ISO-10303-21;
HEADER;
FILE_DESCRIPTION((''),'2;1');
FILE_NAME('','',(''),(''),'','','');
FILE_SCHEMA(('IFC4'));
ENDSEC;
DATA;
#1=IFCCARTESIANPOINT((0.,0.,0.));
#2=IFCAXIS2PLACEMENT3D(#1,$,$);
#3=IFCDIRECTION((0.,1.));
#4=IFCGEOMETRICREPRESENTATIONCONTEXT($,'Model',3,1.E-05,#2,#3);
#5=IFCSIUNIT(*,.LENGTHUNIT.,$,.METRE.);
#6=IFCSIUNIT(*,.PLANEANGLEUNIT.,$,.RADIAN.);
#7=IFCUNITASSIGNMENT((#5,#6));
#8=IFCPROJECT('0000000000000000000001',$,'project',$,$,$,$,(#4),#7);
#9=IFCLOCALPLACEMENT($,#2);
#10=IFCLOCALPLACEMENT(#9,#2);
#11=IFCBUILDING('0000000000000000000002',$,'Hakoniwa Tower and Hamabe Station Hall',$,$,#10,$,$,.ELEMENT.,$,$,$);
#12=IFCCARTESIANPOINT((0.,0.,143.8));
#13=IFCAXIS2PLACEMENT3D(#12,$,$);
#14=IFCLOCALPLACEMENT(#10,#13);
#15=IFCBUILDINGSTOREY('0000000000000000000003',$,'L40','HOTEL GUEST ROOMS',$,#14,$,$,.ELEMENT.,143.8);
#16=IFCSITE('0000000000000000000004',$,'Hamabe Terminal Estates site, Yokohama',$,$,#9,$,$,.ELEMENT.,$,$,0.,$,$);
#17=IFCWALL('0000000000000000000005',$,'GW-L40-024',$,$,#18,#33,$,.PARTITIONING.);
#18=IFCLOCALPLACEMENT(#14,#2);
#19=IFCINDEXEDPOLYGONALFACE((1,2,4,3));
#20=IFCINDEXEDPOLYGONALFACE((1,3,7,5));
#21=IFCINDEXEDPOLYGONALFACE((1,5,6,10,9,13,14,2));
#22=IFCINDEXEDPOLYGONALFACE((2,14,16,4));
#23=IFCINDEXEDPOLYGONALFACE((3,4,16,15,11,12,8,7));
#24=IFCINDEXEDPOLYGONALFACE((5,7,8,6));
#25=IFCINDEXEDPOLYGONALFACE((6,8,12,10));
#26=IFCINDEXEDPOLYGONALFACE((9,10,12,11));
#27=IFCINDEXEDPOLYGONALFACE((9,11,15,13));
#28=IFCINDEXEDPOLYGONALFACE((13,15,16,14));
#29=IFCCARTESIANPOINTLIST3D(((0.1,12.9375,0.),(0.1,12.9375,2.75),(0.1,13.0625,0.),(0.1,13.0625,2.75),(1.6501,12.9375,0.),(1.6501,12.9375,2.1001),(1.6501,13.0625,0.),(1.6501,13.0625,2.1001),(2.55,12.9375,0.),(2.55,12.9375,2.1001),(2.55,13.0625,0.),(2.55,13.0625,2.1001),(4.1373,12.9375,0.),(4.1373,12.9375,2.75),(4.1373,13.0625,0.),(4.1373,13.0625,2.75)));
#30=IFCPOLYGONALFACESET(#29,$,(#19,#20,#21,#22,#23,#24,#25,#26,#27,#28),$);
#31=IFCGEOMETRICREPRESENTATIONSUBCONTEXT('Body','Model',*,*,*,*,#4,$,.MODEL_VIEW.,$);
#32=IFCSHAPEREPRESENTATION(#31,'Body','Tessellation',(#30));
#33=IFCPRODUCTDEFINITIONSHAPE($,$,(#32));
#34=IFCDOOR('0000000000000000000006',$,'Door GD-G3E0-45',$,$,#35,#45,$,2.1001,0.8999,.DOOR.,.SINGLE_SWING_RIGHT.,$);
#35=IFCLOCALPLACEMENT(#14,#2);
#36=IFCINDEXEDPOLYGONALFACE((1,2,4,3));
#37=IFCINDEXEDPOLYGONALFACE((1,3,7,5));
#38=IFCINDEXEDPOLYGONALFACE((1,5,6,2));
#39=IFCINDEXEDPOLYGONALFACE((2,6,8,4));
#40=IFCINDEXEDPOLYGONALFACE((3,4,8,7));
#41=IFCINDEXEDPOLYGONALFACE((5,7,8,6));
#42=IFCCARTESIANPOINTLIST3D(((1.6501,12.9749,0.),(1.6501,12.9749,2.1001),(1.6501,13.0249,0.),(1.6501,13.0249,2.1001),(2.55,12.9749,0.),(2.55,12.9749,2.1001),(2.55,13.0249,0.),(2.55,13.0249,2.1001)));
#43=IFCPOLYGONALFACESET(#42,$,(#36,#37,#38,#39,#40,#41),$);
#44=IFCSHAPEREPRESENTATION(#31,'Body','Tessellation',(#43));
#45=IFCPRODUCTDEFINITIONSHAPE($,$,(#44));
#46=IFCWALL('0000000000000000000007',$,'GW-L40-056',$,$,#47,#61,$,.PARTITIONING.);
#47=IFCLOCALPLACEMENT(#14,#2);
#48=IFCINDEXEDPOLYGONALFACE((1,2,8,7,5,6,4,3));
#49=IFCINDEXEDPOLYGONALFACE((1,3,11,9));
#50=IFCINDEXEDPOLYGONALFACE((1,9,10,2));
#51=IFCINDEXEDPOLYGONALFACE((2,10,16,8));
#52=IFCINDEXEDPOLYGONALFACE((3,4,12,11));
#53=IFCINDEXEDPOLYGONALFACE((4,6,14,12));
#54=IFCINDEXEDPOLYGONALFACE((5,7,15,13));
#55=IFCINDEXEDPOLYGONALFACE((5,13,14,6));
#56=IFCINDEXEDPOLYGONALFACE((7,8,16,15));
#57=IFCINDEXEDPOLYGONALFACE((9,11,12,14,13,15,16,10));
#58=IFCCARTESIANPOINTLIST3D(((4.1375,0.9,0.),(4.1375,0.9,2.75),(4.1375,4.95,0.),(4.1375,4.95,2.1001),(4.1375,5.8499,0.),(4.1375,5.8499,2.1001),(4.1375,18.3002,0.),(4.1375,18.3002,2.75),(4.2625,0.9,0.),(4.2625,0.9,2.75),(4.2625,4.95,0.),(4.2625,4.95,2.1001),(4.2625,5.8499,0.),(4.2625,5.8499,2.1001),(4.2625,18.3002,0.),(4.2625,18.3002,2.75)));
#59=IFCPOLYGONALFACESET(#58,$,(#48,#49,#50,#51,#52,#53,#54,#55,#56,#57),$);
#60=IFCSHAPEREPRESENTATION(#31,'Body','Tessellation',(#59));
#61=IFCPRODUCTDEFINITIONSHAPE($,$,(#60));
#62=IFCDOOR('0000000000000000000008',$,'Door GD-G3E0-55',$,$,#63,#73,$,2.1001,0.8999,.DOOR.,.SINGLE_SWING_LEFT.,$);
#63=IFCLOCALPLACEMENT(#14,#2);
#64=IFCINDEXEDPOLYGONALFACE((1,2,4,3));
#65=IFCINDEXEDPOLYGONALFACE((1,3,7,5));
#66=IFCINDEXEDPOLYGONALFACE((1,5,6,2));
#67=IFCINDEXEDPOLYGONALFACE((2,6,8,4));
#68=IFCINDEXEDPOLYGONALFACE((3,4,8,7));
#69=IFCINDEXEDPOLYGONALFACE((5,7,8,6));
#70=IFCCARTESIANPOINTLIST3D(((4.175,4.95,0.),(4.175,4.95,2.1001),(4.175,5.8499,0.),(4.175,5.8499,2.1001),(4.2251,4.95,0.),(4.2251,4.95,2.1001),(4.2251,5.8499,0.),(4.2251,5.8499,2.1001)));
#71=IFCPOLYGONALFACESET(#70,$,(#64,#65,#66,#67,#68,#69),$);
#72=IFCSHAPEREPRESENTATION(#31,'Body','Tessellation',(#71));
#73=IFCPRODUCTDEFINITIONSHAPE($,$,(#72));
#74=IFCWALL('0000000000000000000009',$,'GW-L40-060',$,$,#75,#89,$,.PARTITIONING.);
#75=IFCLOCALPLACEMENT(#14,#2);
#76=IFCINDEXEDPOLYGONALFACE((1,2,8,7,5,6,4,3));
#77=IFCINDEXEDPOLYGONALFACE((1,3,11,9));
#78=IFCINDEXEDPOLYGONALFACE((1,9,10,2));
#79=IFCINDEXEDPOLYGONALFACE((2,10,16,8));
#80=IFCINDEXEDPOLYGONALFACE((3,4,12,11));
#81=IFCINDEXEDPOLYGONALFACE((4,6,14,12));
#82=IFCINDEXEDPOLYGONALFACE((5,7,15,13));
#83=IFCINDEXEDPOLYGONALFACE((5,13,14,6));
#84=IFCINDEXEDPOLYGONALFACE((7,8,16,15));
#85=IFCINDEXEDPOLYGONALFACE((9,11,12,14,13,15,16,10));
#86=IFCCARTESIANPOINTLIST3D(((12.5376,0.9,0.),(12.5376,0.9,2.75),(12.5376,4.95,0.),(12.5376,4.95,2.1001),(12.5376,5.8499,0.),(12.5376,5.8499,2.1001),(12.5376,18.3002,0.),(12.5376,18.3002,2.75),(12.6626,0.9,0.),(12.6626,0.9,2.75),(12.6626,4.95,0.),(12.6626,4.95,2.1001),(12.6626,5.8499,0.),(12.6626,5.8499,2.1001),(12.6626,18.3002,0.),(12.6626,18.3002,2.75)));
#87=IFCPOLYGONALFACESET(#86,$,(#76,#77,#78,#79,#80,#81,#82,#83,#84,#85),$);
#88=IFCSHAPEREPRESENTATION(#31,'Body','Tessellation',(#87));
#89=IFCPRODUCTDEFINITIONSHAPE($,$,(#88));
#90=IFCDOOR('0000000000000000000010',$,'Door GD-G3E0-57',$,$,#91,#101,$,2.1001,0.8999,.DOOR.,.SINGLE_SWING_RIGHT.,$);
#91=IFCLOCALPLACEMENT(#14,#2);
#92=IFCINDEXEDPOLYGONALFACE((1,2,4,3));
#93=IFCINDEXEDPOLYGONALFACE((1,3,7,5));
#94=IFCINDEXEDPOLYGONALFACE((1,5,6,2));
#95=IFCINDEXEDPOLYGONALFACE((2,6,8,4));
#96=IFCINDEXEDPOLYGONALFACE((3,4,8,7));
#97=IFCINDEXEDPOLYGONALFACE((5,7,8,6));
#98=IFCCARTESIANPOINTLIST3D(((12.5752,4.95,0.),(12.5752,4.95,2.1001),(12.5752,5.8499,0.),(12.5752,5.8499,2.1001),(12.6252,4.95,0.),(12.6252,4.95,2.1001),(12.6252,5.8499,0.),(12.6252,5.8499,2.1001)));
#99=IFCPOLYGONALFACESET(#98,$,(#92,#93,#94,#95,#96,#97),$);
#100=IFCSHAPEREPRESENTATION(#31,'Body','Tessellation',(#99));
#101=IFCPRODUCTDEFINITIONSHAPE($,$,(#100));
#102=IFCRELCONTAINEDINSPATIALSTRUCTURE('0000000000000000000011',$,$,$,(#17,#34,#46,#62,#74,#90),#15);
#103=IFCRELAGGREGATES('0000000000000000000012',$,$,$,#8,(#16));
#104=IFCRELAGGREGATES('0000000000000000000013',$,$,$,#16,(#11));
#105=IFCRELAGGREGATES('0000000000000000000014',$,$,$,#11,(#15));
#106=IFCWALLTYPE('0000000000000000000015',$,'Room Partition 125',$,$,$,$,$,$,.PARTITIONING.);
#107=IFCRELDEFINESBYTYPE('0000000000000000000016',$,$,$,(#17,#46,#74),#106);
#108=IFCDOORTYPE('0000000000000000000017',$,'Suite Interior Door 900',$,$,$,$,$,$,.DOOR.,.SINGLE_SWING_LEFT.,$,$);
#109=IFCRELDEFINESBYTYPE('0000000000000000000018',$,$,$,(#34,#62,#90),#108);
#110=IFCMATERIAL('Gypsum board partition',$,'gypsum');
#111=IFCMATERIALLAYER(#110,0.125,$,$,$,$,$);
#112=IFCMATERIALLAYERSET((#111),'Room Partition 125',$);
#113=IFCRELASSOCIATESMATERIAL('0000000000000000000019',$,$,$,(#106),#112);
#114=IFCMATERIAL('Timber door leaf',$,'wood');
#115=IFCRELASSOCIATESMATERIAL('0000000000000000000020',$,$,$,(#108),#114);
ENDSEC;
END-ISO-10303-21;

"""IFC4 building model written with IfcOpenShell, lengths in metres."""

from ifc_helpers import new_model, si_unit, direction, frame, frame_2d, origin, place, context, subcontext, project, spatial, rectangle, extrude, material, layer, layer_set, type_object, element, fill, save


model = new_model("IFC4")

# Units and contexts
model_context = context("Model", 3, precision=1e-05, world=origin(), true_north=direction((0.0, 1.0)))
body_context = subcontext(model_context, "Body", "Model", "MODEL_VIEW")
ifc_project = project(units=[si_unit("LENGTHUNIT", "METRE"), si_unit("PLANEANGLEUNIT", "RADIAN")], contexts=[model_context])

# Site, building, storey
site_placement = place(None, origin())
site = spatial("IfcSite", under=ifc_project, at=site_placement, Name="Hamabe Terminal Estates site, Yokohama", CompositionType="ELEMENT", RefElevation=0.0)
building_placement = place(site_placement, origin())
building = spatial("IfcBuilding", under=site, at=building_placement, Name="Hakoniwa Tower and Hamabe Station Hall", CompositionType="ELEMENT")
storey_placement = place(building_placement, frame((0.0, 0.0, 143.8)))
storey = spatial("IfcBuildingStorey", under=building, at=storey_placement, Name="L40", Description="HOTEL GUEST ROOMS", CompositionType="ELEMENT", Elevation=143.8)

# Walls, openings, doors
ifc_material_1 = material(Name="Gypsum board partition", Category="gypsum")
ifc_layer_1 = layer(ifc_material_1, 0.125)
ifc_layer_set_1 = layer_set([ifc_layer_1], Name="Room Partition 125")
wall_type_1 = type_object("IfcWallType", Name="Room Partition 125", PredefinedType="PARTITIONING", material=ifc_layer_set_1)
wall_1_placement = place(storey_placement, frame((0.1001, 13.0, 0.0), z_axis=(0.0, 0.0, 1.0), x_axis=(1.0, 0.0, 0.0)))
wall_1 = element("IfcWall", 1, at=wall_1_placement, inside=storey, type_object=wall_type_1, Name="GW-L40-024", PredefinedType="PARTITIONING", context=body_context, shape_type="SweptSolid", body=[
    extrude(rectangle(XDim=4.0374, YDim=0.125, at=frame_2d((2.0186, 0.0))), origin(), (0.0, 0.0, 1.0), 2.75),
])
opening_1_placement = place(wall_1_placement, frame((1.55, 0.0, 0.0)))
opening_1 = element("IfcOpeningElement", 2, at=opening_1_placement, cuts=wall_1, PredefinedType="OPENING", context=body_context, shape_type="SweptSolid", body=[
    extrude(rectangle(XDim=0.8999, YDim=2.1001, at=frame_2d((0.45, 1.05))), frame((0.0, 0.0725, 0.0), z_axis=(0.0, -1.0, 0.0), x_axis=(1.0, 0.0, 0.0)), (0.0, 0.0, 1.0), 0.145),
])
ifc_material_2 = material(Name="Timber door leaf", Category="wood")
door_type_1 = type_object("IfcDoorType", Name="Suite Interior Door 900", OperationType="SINGLE_SWING_LEFT", PredefinedType="DOOR", material=ifc_material_2)
door_1_placement = place(opening_1_placement, origin())
door_1 = element("IfcDoor", 3, at=door_1_placement, inside=storey, type_object=door_type_1, Name="Door GD-G3E0-45", OperationType="SINGLE_SWING_RIGHT", OverallHeight=2.1001, OverallWidth=0.8999, PredefinedType="DOOR", context=body_context, shape_type="SweptSolid", body=[
    extrude(rectangle(XDim=0.8999, YDim=2.1001, at=frame_2d((0.45, 1.05))), frame((0.0, 0.0249, 0.0), z_axis=(0.0, -1.0, 0.0), x_axis=(1.0, 0.0, 0.0)), (0.0, 0.0, 1.0), 0.05),
])
fill(opening_1, door_1)
wall_2_placement = place(storey_placement, frame((4.2, 0.8999, 0.0), z_axis=(0.0, 0.0, 1.0), x_axis=(0.0, 1.0, 0.0)))
wall_2 = element("IfcWall", 4, at=wall_2_placement, inside=storey, type_object=wall_type_1, Name="GW-L40-056", PredefinedType="PARTITIONING", context=body_context, shape_type="SweptSolid", body=[
    extrude(rectangle(XDim=17.4001, YDim=0.125, at=frame_2d((8.7002, 0.0))), origin(), (0.0, 0.0, 1.0), 2.75),
])
opening_2_placement = place(wall_2_placement, frame((4.05, 0.0, 0.0)))
opening_2 = element("IfcOpeningElement", 5, at=opening_2_placement, cuts=wall_2, PredefinedType="OPENING", context=body_context, shape_type="SweptSolid", body=[
    extrude(rectangle(XDim=0.8999, YDim=2.1001, at=frame_2d((0.45, 1.05))), frame((0.0, 0.0725, 0.0), z_axis=(0.0, -1.0, 0.0), x_axis=(1.0, 0.0, 0.0)), (0.0, 0.0, 1.0), 0.145),
])
door_2_placement = place(opening_2_placement, origin())
door_2 = element("IfcDoor", 6, at=door_2_placement, inside=storey, type_object=door_type_1, Name="Door GD-G3E0-55", OperationType="SINGLE_SWING_LEFT", OverallHeight=2.1001, OverallWidth=0.8999, PredefinedType="DOOR", context=body_context, shape_type="SweptSolid", body=[
    extrude(rectangle(XDim=0.8999, YDim=2.1001, at=frame_2d((0.45, 1.05))), frame((0.0, 0.0249, 0.0), z_axis=(0.0, -1.0, 0.0), x_axis=(1.0, 0.0, 0.0)), (0.0, 0.0, 1.0), 0.05),
])
fill(opening_2, door_2)
wall_3_placement = place(storey_placement, frame((12.6001, 0.8999, 0.0), z_axis=(0.0, 0.0, 1.0), x_axis=(0.0, 1.0, 0.0)))
wall_3 = element("IfcWall", 7, at=wall_3_placement, inside=storey, type_object=wall_type_1, Name="GW-L40-060", PredefinedType="PARTITIONING", context=body_context, shape_type="SweptSolid", body=[
    extrude(rectangle(XDim=17.4001, YDim=0.125, at=frame_2d((8.7002, 0.0))), origin(), (0.0, 0.0, 1.0), 2.75),
])
opening_3_placement = place(wall_3_placement, frame((4.05, 0.0, 0.0)))
opening_3 = element("IfcOpeningElement", 8, at=opening_3_placement, cuts=wall_3, PredefinedType="OPENING", context=body_context, shape_type="SweptSolid", body=[
    extrude(rectangle(XDim=0.8999, YDim=2.1001, at=frame_2d((0.45, 1.05))), frame((0.0, 0.0725, 0.0), z_axis=(0.0, -1.0, 0.0), x_axis=(1.0, 0.0, 0.0)), (0.0, 0.0, 1.0), 0.145),
])
door_3_placement = place(opening_3_placement, origin())
door_3 = element("IfcDoor", 9, at=door_3_placement, inside=storey, type_object=door_type_1, Name="Door GD-G3E0-57", OperationType="SINGLE_SWING_RIGHT", OverallHeight=2.1001, OverallWidth=0.8999, PredefinedType="DOOR", context=body_context, shape_type="SweptSolid", body=[
    extrude(rectangle(XDim=0.8999, YDim=2.1001, at=frame_2d((0.45, 1.05))), frame((0.0, 0.0249, 0.0), z_axis=(0.0, -1.0, 0.0), x_axis=(1.0, 0.0, 0.0)), (0.0, 0.0, 1.0), 0.05),
])
fill(opening_3, door_3)

save(model, "model.ifc")
